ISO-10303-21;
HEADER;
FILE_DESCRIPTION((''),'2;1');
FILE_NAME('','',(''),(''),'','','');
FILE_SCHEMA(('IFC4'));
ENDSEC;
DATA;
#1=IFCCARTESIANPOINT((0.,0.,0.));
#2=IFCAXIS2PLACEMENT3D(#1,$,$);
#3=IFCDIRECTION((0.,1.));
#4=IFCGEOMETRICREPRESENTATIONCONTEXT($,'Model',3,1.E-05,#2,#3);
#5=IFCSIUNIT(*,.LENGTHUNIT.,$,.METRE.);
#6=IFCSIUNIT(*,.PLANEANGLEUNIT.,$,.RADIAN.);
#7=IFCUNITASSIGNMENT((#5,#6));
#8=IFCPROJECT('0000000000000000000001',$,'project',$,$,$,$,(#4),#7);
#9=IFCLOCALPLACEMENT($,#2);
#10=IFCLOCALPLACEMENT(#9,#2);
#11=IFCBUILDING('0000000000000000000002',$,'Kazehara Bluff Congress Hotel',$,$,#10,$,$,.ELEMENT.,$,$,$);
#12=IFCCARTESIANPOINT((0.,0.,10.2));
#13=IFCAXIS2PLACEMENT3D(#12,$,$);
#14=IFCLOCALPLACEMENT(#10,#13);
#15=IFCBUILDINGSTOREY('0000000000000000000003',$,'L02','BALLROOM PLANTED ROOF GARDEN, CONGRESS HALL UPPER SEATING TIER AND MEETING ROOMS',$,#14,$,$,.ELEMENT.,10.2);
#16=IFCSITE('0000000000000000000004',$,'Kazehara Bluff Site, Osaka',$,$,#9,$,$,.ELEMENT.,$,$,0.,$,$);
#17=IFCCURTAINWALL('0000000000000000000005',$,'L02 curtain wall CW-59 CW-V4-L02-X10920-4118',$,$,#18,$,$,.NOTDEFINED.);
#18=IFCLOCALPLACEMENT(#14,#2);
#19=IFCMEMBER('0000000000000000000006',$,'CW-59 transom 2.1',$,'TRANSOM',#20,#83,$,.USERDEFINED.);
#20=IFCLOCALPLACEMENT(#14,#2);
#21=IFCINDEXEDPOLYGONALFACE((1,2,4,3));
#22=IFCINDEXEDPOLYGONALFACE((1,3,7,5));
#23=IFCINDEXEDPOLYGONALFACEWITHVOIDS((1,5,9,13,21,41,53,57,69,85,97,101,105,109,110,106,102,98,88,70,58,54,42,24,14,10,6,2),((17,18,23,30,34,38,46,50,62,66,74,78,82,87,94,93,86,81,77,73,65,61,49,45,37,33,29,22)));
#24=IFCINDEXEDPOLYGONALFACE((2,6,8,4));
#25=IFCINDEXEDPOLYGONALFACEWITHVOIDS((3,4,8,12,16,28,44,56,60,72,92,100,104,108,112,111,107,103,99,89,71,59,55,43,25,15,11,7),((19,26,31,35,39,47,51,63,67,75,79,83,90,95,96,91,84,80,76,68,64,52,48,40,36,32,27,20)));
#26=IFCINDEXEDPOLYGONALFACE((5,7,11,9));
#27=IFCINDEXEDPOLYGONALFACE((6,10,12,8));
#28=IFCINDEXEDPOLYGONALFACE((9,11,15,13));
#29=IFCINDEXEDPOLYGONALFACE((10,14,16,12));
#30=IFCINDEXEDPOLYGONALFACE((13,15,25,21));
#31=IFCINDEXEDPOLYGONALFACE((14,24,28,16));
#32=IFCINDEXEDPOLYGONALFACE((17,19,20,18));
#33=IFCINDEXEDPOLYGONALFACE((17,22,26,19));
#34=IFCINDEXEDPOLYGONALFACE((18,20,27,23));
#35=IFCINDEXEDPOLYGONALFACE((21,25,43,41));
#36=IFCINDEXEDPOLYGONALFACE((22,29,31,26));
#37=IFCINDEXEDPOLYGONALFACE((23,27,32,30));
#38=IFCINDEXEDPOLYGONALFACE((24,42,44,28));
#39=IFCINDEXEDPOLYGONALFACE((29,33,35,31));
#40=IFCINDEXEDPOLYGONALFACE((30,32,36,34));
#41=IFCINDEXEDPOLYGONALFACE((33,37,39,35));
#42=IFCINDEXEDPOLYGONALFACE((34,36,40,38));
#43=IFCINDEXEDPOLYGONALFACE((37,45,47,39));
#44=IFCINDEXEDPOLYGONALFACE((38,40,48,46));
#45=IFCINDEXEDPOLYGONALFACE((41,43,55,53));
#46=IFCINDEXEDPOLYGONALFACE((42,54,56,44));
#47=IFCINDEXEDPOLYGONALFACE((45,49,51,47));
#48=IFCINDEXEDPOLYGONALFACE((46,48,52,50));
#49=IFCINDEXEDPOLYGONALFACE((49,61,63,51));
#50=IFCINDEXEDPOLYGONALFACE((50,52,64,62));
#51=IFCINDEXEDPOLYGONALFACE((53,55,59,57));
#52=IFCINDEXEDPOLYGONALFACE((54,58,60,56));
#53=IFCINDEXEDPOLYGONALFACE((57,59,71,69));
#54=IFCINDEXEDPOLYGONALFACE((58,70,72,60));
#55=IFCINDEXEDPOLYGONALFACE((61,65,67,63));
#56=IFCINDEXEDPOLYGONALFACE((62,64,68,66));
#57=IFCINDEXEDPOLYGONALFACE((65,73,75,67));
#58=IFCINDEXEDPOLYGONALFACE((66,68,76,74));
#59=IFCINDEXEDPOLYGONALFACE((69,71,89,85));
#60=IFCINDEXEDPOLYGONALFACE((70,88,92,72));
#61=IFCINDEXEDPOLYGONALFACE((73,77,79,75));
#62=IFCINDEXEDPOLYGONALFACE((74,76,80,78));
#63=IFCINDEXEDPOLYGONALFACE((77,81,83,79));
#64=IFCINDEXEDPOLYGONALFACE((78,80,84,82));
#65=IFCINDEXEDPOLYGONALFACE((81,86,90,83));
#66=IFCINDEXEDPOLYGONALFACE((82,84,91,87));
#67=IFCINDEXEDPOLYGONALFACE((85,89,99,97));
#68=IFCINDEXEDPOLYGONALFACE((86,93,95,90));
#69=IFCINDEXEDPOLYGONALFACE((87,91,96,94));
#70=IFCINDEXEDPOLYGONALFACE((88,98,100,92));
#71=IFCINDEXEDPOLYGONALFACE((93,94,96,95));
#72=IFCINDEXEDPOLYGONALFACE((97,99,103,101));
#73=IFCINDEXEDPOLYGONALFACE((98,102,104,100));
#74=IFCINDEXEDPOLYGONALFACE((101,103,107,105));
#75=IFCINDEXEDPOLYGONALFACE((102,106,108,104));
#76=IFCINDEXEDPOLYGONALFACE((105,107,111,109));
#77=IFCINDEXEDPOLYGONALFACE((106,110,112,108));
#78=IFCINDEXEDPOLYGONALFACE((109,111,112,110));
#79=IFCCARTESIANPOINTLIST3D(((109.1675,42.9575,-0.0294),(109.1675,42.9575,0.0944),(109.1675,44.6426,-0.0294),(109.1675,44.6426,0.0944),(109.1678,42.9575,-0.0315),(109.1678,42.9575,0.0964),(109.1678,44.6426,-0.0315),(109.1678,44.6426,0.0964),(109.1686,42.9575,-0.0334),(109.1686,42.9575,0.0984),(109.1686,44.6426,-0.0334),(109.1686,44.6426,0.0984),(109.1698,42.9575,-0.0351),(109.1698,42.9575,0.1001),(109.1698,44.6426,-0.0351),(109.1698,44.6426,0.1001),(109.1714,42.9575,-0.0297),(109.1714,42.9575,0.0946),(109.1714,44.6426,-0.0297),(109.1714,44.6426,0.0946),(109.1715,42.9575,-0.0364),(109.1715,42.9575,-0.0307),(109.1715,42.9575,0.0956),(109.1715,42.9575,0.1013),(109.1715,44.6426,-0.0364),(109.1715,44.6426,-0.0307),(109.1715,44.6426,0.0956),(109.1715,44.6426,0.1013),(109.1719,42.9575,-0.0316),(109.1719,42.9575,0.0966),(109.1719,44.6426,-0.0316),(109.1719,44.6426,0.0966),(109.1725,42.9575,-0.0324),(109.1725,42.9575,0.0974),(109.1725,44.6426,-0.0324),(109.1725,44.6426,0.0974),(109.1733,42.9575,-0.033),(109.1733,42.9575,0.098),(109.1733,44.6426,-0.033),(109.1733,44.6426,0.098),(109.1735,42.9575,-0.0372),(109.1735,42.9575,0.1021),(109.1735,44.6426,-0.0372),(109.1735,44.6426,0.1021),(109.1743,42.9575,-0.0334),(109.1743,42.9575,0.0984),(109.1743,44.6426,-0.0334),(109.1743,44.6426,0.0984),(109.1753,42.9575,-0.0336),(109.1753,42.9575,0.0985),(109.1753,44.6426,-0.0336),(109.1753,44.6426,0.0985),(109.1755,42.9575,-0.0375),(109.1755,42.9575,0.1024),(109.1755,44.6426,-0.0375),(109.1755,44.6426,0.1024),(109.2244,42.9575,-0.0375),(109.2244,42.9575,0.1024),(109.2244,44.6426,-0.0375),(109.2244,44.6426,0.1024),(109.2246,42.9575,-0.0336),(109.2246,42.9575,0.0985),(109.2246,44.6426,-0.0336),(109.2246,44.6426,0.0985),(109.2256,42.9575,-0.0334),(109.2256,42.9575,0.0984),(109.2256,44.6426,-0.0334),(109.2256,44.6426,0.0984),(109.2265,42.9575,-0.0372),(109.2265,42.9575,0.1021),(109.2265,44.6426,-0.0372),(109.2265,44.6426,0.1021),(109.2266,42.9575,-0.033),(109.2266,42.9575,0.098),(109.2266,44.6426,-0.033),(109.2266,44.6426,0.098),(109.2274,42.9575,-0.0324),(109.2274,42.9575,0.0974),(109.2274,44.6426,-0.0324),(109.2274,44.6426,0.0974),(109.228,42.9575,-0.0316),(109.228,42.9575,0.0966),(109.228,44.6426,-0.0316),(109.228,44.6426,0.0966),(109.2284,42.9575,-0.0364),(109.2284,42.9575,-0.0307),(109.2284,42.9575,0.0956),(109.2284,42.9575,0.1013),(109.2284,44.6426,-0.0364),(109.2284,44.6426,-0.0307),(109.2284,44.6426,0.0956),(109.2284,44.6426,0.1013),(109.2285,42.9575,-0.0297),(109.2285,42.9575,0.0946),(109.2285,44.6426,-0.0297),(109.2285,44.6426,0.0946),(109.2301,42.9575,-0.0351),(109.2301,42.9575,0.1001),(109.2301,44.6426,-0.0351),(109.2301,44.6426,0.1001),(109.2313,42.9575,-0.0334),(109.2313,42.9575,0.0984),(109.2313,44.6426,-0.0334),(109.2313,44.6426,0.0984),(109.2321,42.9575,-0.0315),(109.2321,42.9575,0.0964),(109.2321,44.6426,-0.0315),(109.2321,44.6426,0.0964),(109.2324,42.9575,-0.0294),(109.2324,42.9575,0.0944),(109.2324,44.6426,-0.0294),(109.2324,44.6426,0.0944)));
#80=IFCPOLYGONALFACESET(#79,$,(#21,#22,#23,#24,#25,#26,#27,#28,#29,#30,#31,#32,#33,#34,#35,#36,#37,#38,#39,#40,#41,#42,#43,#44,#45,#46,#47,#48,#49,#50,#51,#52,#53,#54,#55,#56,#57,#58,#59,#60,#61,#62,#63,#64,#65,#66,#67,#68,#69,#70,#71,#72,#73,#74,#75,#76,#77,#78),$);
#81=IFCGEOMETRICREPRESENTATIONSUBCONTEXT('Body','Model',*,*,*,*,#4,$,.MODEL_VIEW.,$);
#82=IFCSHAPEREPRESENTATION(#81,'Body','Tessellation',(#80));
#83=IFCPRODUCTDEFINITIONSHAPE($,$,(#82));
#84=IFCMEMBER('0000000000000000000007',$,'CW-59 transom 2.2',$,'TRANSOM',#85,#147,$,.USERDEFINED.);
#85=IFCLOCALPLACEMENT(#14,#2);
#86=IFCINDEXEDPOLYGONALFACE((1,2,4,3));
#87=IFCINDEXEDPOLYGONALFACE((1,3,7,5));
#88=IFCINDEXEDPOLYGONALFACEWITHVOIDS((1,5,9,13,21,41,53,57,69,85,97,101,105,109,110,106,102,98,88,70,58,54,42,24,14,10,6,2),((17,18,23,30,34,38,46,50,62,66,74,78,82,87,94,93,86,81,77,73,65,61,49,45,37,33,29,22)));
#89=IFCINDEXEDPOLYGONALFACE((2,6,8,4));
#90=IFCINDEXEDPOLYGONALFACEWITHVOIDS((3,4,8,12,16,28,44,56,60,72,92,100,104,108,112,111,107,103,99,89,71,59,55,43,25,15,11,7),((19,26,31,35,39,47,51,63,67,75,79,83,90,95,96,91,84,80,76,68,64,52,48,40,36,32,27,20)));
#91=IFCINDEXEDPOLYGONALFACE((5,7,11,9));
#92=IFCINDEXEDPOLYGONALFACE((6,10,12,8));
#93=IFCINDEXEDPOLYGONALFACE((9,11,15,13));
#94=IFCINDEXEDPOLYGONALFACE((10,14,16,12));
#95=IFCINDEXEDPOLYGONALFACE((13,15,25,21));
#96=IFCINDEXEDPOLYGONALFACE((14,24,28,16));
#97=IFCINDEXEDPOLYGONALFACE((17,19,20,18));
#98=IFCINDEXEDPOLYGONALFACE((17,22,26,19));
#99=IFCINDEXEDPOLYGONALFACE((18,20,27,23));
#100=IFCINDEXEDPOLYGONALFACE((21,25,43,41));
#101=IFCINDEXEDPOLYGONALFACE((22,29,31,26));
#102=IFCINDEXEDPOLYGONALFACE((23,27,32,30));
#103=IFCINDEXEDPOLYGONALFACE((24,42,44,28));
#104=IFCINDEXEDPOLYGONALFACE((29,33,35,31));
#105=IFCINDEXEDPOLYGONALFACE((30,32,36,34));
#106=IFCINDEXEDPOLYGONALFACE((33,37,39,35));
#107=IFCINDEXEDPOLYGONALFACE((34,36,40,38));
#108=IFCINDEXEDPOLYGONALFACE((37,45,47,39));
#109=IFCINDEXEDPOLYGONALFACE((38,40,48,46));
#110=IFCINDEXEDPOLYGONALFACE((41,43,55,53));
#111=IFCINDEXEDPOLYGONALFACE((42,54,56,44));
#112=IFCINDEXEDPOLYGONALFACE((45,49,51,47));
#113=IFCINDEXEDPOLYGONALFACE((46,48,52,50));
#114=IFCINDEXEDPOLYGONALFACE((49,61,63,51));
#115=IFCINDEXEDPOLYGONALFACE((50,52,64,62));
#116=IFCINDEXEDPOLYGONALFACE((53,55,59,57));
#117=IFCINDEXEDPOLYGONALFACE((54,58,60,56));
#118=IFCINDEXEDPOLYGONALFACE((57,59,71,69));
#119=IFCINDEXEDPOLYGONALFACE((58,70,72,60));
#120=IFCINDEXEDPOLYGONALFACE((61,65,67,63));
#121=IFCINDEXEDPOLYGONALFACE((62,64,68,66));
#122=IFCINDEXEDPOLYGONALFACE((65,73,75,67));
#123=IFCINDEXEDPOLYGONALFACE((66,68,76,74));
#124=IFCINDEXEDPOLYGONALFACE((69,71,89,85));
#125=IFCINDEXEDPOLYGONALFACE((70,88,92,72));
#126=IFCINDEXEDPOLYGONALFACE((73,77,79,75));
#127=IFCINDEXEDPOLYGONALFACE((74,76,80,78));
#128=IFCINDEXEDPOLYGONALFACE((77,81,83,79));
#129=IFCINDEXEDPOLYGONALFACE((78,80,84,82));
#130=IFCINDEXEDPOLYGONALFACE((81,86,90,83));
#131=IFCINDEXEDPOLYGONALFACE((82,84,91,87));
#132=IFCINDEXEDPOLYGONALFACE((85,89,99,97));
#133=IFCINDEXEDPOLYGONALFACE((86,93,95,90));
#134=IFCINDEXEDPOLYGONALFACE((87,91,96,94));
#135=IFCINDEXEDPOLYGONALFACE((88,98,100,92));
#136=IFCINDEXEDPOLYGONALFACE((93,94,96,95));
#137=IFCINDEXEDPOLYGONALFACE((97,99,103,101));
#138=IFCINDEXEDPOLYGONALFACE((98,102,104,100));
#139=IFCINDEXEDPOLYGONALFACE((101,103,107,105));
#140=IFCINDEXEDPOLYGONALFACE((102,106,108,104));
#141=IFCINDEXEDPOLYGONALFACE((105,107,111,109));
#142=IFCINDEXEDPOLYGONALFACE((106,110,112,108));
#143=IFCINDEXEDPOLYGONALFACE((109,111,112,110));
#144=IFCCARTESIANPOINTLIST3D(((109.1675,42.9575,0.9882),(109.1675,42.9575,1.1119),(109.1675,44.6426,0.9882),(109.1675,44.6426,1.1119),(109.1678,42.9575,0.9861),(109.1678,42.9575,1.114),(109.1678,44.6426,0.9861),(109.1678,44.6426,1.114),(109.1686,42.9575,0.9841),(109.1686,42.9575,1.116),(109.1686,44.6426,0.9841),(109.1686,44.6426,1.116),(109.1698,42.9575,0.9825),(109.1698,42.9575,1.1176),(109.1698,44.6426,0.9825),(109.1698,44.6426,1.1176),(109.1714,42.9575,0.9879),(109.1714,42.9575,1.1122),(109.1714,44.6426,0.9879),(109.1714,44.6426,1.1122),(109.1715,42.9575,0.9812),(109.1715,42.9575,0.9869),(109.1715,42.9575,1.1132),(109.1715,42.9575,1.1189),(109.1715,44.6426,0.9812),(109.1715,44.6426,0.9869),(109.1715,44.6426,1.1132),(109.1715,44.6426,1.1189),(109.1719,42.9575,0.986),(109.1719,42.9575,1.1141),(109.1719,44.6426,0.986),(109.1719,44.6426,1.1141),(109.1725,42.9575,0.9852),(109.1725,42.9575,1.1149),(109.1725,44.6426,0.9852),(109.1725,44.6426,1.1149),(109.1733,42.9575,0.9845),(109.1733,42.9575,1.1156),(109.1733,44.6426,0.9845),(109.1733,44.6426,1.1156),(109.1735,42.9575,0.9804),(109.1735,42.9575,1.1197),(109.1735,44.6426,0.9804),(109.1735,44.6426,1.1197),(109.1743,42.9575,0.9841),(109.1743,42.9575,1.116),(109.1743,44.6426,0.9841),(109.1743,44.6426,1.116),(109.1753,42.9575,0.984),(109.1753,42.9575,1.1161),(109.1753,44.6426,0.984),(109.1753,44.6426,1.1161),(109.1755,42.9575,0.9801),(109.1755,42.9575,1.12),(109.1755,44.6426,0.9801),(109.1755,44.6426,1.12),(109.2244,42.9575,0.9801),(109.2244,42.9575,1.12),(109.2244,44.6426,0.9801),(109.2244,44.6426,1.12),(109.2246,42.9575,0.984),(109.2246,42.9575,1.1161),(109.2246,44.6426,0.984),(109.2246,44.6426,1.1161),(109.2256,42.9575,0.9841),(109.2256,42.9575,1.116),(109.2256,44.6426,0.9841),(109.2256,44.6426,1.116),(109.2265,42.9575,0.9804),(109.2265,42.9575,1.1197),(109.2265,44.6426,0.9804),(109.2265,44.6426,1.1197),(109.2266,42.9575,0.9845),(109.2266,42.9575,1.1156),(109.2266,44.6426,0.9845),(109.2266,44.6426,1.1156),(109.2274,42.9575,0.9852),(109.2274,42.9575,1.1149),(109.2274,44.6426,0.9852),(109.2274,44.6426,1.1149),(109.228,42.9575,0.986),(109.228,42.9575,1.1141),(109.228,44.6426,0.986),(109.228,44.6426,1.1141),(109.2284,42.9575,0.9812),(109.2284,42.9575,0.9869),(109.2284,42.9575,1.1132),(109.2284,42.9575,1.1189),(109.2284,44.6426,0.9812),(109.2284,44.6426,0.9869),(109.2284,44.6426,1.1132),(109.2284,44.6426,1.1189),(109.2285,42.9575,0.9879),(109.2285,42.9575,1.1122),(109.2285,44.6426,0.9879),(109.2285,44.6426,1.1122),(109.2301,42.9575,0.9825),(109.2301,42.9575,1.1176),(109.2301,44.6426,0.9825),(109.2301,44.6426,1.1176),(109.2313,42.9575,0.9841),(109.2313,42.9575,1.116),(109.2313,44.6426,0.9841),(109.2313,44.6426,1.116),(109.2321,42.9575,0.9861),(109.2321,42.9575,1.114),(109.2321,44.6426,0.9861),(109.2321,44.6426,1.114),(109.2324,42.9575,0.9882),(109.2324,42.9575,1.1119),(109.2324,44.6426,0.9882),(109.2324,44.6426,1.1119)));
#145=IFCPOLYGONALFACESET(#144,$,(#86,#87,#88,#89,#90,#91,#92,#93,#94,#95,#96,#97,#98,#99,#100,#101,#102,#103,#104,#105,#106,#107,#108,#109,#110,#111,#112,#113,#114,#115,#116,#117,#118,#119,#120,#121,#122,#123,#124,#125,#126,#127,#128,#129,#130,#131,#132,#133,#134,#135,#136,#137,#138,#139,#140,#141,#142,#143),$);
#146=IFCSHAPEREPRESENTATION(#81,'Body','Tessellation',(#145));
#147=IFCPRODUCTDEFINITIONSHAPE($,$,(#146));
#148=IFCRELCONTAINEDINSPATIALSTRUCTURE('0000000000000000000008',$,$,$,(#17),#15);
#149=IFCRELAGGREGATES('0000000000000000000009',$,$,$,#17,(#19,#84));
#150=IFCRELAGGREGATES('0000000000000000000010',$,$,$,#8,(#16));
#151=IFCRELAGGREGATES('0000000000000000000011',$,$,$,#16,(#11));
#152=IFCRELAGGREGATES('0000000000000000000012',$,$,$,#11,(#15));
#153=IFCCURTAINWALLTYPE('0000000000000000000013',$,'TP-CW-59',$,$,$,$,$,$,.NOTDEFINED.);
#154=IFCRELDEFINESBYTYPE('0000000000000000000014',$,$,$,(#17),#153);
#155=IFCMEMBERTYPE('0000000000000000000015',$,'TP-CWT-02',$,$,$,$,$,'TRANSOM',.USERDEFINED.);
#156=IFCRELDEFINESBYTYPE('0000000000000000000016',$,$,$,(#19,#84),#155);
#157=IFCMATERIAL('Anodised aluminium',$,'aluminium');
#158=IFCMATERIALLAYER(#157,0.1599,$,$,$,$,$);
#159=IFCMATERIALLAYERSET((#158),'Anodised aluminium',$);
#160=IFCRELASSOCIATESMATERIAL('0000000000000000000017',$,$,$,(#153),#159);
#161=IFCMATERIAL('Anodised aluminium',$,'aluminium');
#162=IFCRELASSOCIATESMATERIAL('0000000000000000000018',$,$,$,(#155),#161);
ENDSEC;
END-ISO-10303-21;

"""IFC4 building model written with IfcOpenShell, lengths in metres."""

from ifc_helpers import new_model, si_unit, direction, frame, origin, origin_2d, place, context, subcontext, project, spatial, hollow_rectangle, extrude, material, layer, layer_set, material_profile, profile_set, type_object, element, aggregate, save


model = new_model("IFC4")

# Units and contexts
model_context = context("Model", 3, precision=1e-05, world=origin(), true_north=direction((0.0, 1.0)))
body_context = subcontext(model_context, "Body", "Model", "MODEL_VIEW")
ifc_project = project(units=[si_unit("LENGTHUNIT", "METRE"), si_unit("PLANEANGLEUNIT", "RADIAN")], contexts=[model_context])

# Site, building, storey
site_placement = place(None, origin())
site = spatial("IfcSite", under=ifc_project, at=site_placement, Name="Kazehara Bluff Site, Osaka", CompositionType="ELEMENT", RefElevation=0.0)
building_placement = place(site_placement, origin())
building = spatial("IfcBuilding", under=site, at=building_placement, Name="Kazehara Bluff Congress Hotel", CompositionType="ELEMENT")
storey_placement = place(building_placement, frame((0.0, 0.0, 10.2)))
storey = spatial("IfcBuildingStorey", under=building, at=storey_placement, Name="L02", Description="BALLROOM PLANTED ROOF GARDEN, CONGRESS HALL UPPER SEATING TIER AND MEETING ROOMS", CompositionType="ELEMENT", Elevation=10.2)

# Curtain wall
ifc_material_1 = material(Name="Anodised aluminium", Category="aluminium")
ifc_layer_1 = layer(ifc_material_1, 0.1599)
ifc_layer_set_1 = layer_set([ifc_layer_1], Name="Anodised aluminium")
curtain_wall_type_1 = type_object("IfcCurtainWallType", Name="TP-CW-59", PredefinedType="NOTDEFINED", material=ifc_layer_set_1)
curtain_wall_1_placement = place(storey_placement, origin())
curtain_wall_1 = element("IfcCurtainWall", 1, at=curtain_wall_1_placement, inside=storey, type_object=curtain_wall_type_1, Name="L02 curtain wall CW-59 CW-V4-L02-X10920-4118", PredefinedType="NOTDEFINED")

# Members
ifc_material_2 = material(Name="Anodised aluminium", Category="aluminium")
ifc_material_profile_1 = material_profile(ifc_material_2, hollow_rectangle(XDim=0.0649, YDim=0.1399, WallThickness=0.0039, InnerFilletRadius=0.0039, OuterFilletRadius=0.0081, at=origin_2d()))
ifc_profile_set_1 = profile_set([ifc_material_profile_1], Name="Anodised aluminium")
member_type_1 = type_object("IfcMemberType", Name="TP-CWT-02", ElementType="TRANSOM", PredefinedType="USERDEFINED", material=ifc_profile_set_1)
member_1_placement = place(storey_placement, frame((109.2, 42.9575, 0.0325), z_axis=(0.0, 1.0, 0.0), x_axis=(-1.0, 0.0, 0.0)))
member_1 = element("IfcMember", 2, at=member_1_placement, type_object=member_type_1, Name="CW-59 transom 2.1", ObjectType="TRANSOM", PredefinedType="USERDEFINED", context=body_context, shape_type="SweptSolid", body=[
    extrude(hollow_rectangle(XDim=0.0649, YDim=0.1399, WallThickness=0.0039, InnerFilletRadius=0.0039, OuterFilletRadius=0.0081, at=origin_2d()), origin(), (0.0, 0.0, 1.0), 1.6851),
])
member_2_placement = place(storey_placement, frame((109.2, 42.9575, 1.05), z_axis=(0.0, 1.0, 0.0), x_axis=(-1.0, 0.0, 0.0)))
member_2 = element("IfcMember", 3, at=member_2_placement, type_object=member_type_1, Name="CW-59 transom 2.2", ObjectType="TRANSOM", PredefinedType="USERDEFINED", context=body_context, shape_type="SweptSolid", body=[
    extrude(hollow_rectangle(XDim=0.0649, YDim=0.1399, WallThickness=0.0039, InnerFilletRadius=0.0039, OuterFilletRadius=0.0081, at=origin_2d()), origin(), (0.0, 0.0, 1.0), 1.6851),
])

aggregate(curtain_wall_1, [member_1, member_2])

save(model, "model.ifc")
